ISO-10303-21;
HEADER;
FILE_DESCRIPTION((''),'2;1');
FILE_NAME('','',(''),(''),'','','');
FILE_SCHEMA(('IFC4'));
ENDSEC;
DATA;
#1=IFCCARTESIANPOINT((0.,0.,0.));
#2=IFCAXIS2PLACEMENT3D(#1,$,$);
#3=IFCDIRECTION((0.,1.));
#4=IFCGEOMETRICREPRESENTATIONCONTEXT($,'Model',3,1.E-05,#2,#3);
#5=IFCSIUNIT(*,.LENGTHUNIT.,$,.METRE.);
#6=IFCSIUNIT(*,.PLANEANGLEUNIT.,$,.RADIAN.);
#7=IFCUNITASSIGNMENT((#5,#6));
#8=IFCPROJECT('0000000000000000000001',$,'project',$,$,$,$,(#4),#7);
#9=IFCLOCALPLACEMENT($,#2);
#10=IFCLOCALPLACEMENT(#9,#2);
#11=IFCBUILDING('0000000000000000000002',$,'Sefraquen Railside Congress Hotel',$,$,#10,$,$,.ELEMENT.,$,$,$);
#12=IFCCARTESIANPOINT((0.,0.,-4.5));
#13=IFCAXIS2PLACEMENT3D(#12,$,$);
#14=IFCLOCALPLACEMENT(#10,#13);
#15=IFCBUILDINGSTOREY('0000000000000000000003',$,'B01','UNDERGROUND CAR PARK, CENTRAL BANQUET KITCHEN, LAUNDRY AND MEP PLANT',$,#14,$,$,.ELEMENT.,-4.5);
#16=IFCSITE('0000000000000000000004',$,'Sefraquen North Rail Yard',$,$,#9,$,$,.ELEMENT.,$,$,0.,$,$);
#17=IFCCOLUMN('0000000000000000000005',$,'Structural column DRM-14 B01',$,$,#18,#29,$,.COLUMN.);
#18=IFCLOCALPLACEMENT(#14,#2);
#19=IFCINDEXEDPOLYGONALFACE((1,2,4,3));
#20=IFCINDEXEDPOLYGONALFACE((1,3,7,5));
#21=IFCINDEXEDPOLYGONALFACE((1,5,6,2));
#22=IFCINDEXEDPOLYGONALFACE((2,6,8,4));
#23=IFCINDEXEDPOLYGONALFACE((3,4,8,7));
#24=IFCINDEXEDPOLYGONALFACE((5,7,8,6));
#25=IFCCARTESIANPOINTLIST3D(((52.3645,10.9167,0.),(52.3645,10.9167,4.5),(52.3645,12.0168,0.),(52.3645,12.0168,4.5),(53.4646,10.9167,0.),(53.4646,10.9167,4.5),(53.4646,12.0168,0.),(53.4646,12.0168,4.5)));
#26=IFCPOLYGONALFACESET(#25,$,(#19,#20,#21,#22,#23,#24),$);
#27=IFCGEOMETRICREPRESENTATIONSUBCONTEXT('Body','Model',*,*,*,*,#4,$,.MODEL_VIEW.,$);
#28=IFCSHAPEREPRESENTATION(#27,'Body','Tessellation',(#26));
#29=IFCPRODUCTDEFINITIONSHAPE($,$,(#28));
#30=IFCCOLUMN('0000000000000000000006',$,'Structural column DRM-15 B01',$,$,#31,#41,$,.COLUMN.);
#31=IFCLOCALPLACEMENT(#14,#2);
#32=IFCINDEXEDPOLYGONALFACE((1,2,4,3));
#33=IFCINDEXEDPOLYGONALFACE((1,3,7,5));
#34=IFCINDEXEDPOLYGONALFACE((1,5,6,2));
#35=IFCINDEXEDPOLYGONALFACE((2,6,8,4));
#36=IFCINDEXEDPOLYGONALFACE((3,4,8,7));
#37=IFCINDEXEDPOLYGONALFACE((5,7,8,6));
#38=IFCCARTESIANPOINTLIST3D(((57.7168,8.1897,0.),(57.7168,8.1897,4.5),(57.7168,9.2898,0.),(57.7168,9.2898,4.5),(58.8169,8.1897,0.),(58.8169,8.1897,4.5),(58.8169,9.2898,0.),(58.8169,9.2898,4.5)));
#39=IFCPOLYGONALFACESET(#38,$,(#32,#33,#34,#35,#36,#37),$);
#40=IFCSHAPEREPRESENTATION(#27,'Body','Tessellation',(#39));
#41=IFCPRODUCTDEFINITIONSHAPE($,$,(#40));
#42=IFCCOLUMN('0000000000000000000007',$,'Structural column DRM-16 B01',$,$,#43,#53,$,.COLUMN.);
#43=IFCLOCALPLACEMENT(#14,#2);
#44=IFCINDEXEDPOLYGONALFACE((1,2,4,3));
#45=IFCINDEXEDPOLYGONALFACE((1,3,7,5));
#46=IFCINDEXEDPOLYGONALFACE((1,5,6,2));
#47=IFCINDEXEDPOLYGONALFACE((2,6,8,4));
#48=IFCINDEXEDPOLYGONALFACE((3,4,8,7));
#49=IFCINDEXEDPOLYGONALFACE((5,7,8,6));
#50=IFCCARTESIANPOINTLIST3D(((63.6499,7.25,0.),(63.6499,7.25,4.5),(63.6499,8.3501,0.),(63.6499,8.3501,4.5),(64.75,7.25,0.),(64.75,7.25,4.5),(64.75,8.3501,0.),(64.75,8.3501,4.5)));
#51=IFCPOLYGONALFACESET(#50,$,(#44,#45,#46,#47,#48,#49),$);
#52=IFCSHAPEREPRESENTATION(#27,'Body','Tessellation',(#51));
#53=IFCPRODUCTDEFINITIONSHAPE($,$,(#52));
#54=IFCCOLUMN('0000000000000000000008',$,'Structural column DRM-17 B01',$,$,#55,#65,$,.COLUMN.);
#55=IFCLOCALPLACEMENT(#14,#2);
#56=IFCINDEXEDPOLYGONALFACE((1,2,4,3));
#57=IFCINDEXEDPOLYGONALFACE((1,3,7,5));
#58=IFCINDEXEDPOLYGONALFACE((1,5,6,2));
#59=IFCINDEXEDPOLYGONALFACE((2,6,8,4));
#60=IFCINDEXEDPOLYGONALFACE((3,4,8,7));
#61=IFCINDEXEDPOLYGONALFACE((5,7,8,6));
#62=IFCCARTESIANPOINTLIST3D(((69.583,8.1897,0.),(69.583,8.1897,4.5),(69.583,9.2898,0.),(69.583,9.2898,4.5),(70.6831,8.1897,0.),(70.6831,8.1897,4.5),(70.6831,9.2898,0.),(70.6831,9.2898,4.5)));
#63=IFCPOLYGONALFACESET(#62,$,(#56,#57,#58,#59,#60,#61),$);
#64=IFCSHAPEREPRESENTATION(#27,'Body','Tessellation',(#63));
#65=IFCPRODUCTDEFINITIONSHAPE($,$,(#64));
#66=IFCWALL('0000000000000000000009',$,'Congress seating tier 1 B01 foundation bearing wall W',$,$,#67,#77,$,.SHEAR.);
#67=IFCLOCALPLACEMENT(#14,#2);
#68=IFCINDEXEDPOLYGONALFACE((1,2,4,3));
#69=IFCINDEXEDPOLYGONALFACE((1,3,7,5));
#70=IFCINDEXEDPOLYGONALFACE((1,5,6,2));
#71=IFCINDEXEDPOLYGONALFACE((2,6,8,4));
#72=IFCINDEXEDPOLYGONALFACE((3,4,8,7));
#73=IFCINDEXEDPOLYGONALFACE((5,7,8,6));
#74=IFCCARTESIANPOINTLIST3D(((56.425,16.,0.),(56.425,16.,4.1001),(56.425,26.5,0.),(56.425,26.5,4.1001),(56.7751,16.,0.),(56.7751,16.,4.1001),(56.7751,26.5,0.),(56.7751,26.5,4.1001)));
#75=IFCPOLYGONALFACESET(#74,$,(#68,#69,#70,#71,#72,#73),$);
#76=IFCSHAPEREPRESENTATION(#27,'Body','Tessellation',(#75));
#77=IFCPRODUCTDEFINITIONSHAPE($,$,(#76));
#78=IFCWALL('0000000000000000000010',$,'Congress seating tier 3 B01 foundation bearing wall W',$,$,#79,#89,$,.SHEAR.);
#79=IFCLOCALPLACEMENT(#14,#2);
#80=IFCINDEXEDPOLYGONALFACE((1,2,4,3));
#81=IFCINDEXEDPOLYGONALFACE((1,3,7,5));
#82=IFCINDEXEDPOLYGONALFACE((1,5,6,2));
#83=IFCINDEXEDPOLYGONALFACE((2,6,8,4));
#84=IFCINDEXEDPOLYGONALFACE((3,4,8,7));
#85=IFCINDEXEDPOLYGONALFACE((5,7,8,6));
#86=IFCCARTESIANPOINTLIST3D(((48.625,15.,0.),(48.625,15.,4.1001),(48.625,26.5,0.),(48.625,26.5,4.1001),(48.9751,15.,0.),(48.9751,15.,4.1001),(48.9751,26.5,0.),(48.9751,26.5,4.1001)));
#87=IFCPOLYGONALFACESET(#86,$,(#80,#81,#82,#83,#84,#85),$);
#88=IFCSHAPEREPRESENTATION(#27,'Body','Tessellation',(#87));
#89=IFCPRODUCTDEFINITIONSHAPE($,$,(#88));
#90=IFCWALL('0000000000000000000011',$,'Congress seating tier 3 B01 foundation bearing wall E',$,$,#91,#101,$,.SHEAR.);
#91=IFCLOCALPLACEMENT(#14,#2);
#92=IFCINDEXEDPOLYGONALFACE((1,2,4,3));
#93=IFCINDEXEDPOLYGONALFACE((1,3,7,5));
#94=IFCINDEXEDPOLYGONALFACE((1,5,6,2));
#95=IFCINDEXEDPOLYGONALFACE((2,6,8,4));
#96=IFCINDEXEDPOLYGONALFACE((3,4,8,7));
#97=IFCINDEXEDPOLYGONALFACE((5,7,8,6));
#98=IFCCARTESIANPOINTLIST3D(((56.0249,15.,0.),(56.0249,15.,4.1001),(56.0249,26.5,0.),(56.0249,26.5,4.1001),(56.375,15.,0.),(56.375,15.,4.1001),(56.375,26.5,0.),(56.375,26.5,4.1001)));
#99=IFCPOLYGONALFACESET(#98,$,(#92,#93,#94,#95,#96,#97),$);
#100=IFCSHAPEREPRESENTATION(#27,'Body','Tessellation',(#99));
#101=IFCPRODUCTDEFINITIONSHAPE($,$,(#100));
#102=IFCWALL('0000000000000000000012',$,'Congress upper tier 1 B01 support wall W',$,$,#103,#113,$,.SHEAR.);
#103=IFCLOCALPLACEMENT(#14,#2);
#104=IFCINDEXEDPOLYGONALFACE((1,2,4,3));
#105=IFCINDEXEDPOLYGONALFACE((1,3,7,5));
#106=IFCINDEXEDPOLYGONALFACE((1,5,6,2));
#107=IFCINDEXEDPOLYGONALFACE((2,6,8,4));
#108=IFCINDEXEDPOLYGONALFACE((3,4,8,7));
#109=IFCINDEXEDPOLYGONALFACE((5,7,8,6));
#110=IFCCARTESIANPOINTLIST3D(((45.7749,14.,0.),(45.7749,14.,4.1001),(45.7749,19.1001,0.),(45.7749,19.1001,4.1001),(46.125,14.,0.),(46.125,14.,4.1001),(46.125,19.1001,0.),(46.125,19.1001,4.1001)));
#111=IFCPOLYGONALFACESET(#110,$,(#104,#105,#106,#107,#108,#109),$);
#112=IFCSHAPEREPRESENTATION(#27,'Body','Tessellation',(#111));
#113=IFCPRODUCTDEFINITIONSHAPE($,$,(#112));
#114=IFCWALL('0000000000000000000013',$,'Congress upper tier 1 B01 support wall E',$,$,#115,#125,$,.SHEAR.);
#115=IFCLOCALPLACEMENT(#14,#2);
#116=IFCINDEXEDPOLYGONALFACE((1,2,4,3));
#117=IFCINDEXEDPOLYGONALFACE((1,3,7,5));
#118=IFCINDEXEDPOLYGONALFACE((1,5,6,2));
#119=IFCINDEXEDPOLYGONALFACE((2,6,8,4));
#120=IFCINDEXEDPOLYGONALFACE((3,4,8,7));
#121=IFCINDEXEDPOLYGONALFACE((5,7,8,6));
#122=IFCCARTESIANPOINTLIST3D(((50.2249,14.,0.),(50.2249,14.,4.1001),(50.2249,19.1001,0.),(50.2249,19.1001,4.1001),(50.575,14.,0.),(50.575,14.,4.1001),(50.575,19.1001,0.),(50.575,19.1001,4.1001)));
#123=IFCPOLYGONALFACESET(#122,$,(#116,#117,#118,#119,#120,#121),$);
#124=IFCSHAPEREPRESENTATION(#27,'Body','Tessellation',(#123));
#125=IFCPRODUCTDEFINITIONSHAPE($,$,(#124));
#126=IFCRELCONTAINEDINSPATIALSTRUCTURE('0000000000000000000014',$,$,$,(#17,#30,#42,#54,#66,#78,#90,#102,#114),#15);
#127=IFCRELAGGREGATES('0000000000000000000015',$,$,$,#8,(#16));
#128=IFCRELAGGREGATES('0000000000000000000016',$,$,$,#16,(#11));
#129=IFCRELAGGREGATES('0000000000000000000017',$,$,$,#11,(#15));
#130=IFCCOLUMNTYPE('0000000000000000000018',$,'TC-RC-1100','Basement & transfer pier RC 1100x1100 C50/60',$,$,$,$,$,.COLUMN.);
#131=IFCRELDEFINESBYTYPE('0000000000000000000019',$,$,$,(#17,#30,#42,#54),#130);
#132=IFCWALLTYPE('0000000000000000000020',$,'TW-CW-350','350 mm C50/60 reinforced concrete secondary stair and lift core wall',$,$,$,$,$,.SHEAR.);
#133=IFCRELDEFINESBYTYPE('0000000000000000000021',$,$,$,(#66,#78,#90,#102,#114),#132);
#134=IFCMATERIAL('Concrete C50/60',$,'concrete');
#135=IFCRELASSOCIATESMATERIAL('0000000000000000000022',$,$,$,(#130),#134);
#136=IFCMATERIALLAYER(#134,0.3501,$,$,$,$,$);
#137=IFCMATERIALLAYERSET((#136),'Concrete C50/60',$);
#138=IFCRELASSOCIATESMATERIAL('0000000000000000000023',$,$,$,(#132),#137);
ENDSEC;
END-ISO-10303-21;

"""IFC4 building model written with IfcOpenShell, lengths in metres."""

from ifc_helpers import new_model, si_unit, direction, frame, frame_2d, origin, origin_2d, place, context, subcontext, project, spatial, rectangle, extrude, material, layer, layer_set, material_profile, profile_set, type_object, element, save


model = new_model("IFC4")

# Units and contexts
model_context = context("Model", 3, precision=1e-05, world=origin(), true_north=direction((0.0, 1.0)))
body_context = subcontext(model_context, "Body", "Model", "MODEL_VIEW")
ifc_project = project(units=[si_unit("LENGTHUNIT", "METRE"), si_unit("PLANEANGLEUNIT", "RADIAN")], contexts=[model_context])

# Site, building, storey
site_placement = place(None, origin())
site = spatial("IfcSite", under=ifc_project, at=site_placement, Name="Sefraquen North Rail Yard", CompositionType="ELEMENT", RefElevation=0.0)
building_placement = place(site_placement, origin())
building = spatial("IfcBuilding", under=site, at=building_placement, Name="Sefraquen Railside Congress Hotel", CompositionType="ELEMENT")
storey_placement = place(building_placement, frame((0.0, 0.0, -4.5)))
storey = spatial("IfcBuildingStorey", under=building, at=storey_placement, Name="B01", Description="UNDERGROUND CAR PARK, CENTRAL BANQUET KITCHEN, LAUNDRY AND MEP PLANT", CompositionType="ELEMENT", Elevation=-4.5)

# Columns
ifc_material_1 = material(Name="Concrete C50/60", Category="concrete")
ifc_material_profile_1 = material_profile(ifc_material_1, rectangle(XDim=1.1001, YDim=1.1001, at=origin_2d()), Name="RC 1100x1100")
ifc_profile_set_1 = profile_set([ifc_material_profile_1], Name="Concrete C50/60")
column_type_1 = type_object("IfcColumnType", Name="TC-RC-1100", Description="Basement & transfer pier RC 1100x1100 C50/60", PredefinedType="COLUMN", material=ifc_profile_set_1)
for number, where, z_axis, x_axis, name in (
    (1, (52.9146, 11.4668, 0.0), (0.0, 0.0, 1.0), (1.0, 0.0, 0.0), "Structural column DRM-14 B01"),
    (2, (58.2668, 8.7397, 0.0), (0.0, 0.0, 1.0), (1.0, 0.0, 0.0), "Structural column DRM-15 B01"),
    (3, (64.2, 7.8, 0.0), (0.0, 0.0, 1.0), (1.0, 0.0, 0.0), "Structural column DRM-16 B01"),
    (4, (70.1331, 8.7397, 0.0), (0.0, 0.0, 1.0), (1.0, 0.0, 0.0), "Structural column DRM-17 B01"),
):
    element("IfcColumn", number, at=place(storey_placement, frame(where, z_axis=z_axis, x_axis=x_axis)), inside=storey, type_object=column_type_1, Name=name, PredefinedType="COLUMN", context=body_context, shape_type="SweptSolid", body=[
        extrude(rectangle(XDim=1.1001, YDim=1.1001, at=origin_2d()), origin(), (0.0, 0.0, 1.0), 4.5),
    ])

# Walls
ifc_layer = layer(ifc_material_1, 0.3501)
ifc_layer_set = layer_set([ifc_layer], Name="Concrete C50/60")
wall_type = type_object("IfcWallType", Name="TW-CW-350", Description="350 mm C50/60 reinforced concrete secondary stair and lift core wall", PredefinedType="SHEAR", material=ifc_layer_set)
wall_placement = place(storey_placement, frame((56.6001, 16.0, 0.0), z_axis=(0.0, 0.0, 1.0), x_axis=(0.0, 1.0, 0.0)))
element("IfcWall", 5, at=wall_placement, inside=storey, type_object=wall_type, Name="Congress seating tier 1 B01 foundation bearing wall W", PredefinedType="SHEAR", context=body_context, shape_type="SweptSolid", body=[
    extrude(rectangle(XDim=10.5, YDim=0.3501, at=frame_2d((5.25, 0.0))), origin(), (0.0, 0.0, 1.0), 4.1001),
])
for number, where, z_axis, x_axis, name in (
    (6, (48.8, 15.0, 0.0), (0.0, 0.0, 1.0), (0.0, 1.0, 0.0), "Congress seating tier 3 B01 foundation bearing wall W"),
    (7, (56.2, 15.0, 0.0), (0.0, 0.0, 1.0), (0.0, 1.0, 0.0), "Congress seating tier 3 B01 foundation bearing wall E"),
):
    element("IfcWall", number, at=place(storey_placement, frame(where, z_axis=z_axis, x_axis=x_axis)), inside=storey, type_object=wall_type, Name=name, PredefinedType="SHEAR", context=body_context, shape_type="SweptSolid", body=[
        extrude(rectangle(XDim=11.5, YDim=0.3501, at=frame_2d((5.75, 0.0))), origin(), (0.0, 0.0, 1.0), 4.1001),
    ])
for number, where, z_axis, x_axis, name in (
    (8, (45.95, 14.0, 0.0), (0.0, 0.0, 1.0), (0.0, 1.0, 0.0), "Congress upper tier 1 B01 support wall W"),
    (9, (50.3999, 14.0, 0.0), (0.0, 0.0, 1.0), (0.0, 1.0, 0.0), "Congress upper tier 1 B01 support wall E"),
):
    element("IfcWall", number, at=place(storey_placement, frame(where, z_axis=z_axis, x_axis=x_axis)), inside=storey, type_object=wall_type, Name=name, PredefinedType="SHEAR", context=body_context, shape_type="SweptSolid", body=[
        extrude(rectangle(XDim=5.1001, YDim=0.3501, at=frame_2d((2.55, 0.0))), origin(), (0.0, 0.0, 1.0), 4.1001),
    ])

save(model, "model.ifc")
